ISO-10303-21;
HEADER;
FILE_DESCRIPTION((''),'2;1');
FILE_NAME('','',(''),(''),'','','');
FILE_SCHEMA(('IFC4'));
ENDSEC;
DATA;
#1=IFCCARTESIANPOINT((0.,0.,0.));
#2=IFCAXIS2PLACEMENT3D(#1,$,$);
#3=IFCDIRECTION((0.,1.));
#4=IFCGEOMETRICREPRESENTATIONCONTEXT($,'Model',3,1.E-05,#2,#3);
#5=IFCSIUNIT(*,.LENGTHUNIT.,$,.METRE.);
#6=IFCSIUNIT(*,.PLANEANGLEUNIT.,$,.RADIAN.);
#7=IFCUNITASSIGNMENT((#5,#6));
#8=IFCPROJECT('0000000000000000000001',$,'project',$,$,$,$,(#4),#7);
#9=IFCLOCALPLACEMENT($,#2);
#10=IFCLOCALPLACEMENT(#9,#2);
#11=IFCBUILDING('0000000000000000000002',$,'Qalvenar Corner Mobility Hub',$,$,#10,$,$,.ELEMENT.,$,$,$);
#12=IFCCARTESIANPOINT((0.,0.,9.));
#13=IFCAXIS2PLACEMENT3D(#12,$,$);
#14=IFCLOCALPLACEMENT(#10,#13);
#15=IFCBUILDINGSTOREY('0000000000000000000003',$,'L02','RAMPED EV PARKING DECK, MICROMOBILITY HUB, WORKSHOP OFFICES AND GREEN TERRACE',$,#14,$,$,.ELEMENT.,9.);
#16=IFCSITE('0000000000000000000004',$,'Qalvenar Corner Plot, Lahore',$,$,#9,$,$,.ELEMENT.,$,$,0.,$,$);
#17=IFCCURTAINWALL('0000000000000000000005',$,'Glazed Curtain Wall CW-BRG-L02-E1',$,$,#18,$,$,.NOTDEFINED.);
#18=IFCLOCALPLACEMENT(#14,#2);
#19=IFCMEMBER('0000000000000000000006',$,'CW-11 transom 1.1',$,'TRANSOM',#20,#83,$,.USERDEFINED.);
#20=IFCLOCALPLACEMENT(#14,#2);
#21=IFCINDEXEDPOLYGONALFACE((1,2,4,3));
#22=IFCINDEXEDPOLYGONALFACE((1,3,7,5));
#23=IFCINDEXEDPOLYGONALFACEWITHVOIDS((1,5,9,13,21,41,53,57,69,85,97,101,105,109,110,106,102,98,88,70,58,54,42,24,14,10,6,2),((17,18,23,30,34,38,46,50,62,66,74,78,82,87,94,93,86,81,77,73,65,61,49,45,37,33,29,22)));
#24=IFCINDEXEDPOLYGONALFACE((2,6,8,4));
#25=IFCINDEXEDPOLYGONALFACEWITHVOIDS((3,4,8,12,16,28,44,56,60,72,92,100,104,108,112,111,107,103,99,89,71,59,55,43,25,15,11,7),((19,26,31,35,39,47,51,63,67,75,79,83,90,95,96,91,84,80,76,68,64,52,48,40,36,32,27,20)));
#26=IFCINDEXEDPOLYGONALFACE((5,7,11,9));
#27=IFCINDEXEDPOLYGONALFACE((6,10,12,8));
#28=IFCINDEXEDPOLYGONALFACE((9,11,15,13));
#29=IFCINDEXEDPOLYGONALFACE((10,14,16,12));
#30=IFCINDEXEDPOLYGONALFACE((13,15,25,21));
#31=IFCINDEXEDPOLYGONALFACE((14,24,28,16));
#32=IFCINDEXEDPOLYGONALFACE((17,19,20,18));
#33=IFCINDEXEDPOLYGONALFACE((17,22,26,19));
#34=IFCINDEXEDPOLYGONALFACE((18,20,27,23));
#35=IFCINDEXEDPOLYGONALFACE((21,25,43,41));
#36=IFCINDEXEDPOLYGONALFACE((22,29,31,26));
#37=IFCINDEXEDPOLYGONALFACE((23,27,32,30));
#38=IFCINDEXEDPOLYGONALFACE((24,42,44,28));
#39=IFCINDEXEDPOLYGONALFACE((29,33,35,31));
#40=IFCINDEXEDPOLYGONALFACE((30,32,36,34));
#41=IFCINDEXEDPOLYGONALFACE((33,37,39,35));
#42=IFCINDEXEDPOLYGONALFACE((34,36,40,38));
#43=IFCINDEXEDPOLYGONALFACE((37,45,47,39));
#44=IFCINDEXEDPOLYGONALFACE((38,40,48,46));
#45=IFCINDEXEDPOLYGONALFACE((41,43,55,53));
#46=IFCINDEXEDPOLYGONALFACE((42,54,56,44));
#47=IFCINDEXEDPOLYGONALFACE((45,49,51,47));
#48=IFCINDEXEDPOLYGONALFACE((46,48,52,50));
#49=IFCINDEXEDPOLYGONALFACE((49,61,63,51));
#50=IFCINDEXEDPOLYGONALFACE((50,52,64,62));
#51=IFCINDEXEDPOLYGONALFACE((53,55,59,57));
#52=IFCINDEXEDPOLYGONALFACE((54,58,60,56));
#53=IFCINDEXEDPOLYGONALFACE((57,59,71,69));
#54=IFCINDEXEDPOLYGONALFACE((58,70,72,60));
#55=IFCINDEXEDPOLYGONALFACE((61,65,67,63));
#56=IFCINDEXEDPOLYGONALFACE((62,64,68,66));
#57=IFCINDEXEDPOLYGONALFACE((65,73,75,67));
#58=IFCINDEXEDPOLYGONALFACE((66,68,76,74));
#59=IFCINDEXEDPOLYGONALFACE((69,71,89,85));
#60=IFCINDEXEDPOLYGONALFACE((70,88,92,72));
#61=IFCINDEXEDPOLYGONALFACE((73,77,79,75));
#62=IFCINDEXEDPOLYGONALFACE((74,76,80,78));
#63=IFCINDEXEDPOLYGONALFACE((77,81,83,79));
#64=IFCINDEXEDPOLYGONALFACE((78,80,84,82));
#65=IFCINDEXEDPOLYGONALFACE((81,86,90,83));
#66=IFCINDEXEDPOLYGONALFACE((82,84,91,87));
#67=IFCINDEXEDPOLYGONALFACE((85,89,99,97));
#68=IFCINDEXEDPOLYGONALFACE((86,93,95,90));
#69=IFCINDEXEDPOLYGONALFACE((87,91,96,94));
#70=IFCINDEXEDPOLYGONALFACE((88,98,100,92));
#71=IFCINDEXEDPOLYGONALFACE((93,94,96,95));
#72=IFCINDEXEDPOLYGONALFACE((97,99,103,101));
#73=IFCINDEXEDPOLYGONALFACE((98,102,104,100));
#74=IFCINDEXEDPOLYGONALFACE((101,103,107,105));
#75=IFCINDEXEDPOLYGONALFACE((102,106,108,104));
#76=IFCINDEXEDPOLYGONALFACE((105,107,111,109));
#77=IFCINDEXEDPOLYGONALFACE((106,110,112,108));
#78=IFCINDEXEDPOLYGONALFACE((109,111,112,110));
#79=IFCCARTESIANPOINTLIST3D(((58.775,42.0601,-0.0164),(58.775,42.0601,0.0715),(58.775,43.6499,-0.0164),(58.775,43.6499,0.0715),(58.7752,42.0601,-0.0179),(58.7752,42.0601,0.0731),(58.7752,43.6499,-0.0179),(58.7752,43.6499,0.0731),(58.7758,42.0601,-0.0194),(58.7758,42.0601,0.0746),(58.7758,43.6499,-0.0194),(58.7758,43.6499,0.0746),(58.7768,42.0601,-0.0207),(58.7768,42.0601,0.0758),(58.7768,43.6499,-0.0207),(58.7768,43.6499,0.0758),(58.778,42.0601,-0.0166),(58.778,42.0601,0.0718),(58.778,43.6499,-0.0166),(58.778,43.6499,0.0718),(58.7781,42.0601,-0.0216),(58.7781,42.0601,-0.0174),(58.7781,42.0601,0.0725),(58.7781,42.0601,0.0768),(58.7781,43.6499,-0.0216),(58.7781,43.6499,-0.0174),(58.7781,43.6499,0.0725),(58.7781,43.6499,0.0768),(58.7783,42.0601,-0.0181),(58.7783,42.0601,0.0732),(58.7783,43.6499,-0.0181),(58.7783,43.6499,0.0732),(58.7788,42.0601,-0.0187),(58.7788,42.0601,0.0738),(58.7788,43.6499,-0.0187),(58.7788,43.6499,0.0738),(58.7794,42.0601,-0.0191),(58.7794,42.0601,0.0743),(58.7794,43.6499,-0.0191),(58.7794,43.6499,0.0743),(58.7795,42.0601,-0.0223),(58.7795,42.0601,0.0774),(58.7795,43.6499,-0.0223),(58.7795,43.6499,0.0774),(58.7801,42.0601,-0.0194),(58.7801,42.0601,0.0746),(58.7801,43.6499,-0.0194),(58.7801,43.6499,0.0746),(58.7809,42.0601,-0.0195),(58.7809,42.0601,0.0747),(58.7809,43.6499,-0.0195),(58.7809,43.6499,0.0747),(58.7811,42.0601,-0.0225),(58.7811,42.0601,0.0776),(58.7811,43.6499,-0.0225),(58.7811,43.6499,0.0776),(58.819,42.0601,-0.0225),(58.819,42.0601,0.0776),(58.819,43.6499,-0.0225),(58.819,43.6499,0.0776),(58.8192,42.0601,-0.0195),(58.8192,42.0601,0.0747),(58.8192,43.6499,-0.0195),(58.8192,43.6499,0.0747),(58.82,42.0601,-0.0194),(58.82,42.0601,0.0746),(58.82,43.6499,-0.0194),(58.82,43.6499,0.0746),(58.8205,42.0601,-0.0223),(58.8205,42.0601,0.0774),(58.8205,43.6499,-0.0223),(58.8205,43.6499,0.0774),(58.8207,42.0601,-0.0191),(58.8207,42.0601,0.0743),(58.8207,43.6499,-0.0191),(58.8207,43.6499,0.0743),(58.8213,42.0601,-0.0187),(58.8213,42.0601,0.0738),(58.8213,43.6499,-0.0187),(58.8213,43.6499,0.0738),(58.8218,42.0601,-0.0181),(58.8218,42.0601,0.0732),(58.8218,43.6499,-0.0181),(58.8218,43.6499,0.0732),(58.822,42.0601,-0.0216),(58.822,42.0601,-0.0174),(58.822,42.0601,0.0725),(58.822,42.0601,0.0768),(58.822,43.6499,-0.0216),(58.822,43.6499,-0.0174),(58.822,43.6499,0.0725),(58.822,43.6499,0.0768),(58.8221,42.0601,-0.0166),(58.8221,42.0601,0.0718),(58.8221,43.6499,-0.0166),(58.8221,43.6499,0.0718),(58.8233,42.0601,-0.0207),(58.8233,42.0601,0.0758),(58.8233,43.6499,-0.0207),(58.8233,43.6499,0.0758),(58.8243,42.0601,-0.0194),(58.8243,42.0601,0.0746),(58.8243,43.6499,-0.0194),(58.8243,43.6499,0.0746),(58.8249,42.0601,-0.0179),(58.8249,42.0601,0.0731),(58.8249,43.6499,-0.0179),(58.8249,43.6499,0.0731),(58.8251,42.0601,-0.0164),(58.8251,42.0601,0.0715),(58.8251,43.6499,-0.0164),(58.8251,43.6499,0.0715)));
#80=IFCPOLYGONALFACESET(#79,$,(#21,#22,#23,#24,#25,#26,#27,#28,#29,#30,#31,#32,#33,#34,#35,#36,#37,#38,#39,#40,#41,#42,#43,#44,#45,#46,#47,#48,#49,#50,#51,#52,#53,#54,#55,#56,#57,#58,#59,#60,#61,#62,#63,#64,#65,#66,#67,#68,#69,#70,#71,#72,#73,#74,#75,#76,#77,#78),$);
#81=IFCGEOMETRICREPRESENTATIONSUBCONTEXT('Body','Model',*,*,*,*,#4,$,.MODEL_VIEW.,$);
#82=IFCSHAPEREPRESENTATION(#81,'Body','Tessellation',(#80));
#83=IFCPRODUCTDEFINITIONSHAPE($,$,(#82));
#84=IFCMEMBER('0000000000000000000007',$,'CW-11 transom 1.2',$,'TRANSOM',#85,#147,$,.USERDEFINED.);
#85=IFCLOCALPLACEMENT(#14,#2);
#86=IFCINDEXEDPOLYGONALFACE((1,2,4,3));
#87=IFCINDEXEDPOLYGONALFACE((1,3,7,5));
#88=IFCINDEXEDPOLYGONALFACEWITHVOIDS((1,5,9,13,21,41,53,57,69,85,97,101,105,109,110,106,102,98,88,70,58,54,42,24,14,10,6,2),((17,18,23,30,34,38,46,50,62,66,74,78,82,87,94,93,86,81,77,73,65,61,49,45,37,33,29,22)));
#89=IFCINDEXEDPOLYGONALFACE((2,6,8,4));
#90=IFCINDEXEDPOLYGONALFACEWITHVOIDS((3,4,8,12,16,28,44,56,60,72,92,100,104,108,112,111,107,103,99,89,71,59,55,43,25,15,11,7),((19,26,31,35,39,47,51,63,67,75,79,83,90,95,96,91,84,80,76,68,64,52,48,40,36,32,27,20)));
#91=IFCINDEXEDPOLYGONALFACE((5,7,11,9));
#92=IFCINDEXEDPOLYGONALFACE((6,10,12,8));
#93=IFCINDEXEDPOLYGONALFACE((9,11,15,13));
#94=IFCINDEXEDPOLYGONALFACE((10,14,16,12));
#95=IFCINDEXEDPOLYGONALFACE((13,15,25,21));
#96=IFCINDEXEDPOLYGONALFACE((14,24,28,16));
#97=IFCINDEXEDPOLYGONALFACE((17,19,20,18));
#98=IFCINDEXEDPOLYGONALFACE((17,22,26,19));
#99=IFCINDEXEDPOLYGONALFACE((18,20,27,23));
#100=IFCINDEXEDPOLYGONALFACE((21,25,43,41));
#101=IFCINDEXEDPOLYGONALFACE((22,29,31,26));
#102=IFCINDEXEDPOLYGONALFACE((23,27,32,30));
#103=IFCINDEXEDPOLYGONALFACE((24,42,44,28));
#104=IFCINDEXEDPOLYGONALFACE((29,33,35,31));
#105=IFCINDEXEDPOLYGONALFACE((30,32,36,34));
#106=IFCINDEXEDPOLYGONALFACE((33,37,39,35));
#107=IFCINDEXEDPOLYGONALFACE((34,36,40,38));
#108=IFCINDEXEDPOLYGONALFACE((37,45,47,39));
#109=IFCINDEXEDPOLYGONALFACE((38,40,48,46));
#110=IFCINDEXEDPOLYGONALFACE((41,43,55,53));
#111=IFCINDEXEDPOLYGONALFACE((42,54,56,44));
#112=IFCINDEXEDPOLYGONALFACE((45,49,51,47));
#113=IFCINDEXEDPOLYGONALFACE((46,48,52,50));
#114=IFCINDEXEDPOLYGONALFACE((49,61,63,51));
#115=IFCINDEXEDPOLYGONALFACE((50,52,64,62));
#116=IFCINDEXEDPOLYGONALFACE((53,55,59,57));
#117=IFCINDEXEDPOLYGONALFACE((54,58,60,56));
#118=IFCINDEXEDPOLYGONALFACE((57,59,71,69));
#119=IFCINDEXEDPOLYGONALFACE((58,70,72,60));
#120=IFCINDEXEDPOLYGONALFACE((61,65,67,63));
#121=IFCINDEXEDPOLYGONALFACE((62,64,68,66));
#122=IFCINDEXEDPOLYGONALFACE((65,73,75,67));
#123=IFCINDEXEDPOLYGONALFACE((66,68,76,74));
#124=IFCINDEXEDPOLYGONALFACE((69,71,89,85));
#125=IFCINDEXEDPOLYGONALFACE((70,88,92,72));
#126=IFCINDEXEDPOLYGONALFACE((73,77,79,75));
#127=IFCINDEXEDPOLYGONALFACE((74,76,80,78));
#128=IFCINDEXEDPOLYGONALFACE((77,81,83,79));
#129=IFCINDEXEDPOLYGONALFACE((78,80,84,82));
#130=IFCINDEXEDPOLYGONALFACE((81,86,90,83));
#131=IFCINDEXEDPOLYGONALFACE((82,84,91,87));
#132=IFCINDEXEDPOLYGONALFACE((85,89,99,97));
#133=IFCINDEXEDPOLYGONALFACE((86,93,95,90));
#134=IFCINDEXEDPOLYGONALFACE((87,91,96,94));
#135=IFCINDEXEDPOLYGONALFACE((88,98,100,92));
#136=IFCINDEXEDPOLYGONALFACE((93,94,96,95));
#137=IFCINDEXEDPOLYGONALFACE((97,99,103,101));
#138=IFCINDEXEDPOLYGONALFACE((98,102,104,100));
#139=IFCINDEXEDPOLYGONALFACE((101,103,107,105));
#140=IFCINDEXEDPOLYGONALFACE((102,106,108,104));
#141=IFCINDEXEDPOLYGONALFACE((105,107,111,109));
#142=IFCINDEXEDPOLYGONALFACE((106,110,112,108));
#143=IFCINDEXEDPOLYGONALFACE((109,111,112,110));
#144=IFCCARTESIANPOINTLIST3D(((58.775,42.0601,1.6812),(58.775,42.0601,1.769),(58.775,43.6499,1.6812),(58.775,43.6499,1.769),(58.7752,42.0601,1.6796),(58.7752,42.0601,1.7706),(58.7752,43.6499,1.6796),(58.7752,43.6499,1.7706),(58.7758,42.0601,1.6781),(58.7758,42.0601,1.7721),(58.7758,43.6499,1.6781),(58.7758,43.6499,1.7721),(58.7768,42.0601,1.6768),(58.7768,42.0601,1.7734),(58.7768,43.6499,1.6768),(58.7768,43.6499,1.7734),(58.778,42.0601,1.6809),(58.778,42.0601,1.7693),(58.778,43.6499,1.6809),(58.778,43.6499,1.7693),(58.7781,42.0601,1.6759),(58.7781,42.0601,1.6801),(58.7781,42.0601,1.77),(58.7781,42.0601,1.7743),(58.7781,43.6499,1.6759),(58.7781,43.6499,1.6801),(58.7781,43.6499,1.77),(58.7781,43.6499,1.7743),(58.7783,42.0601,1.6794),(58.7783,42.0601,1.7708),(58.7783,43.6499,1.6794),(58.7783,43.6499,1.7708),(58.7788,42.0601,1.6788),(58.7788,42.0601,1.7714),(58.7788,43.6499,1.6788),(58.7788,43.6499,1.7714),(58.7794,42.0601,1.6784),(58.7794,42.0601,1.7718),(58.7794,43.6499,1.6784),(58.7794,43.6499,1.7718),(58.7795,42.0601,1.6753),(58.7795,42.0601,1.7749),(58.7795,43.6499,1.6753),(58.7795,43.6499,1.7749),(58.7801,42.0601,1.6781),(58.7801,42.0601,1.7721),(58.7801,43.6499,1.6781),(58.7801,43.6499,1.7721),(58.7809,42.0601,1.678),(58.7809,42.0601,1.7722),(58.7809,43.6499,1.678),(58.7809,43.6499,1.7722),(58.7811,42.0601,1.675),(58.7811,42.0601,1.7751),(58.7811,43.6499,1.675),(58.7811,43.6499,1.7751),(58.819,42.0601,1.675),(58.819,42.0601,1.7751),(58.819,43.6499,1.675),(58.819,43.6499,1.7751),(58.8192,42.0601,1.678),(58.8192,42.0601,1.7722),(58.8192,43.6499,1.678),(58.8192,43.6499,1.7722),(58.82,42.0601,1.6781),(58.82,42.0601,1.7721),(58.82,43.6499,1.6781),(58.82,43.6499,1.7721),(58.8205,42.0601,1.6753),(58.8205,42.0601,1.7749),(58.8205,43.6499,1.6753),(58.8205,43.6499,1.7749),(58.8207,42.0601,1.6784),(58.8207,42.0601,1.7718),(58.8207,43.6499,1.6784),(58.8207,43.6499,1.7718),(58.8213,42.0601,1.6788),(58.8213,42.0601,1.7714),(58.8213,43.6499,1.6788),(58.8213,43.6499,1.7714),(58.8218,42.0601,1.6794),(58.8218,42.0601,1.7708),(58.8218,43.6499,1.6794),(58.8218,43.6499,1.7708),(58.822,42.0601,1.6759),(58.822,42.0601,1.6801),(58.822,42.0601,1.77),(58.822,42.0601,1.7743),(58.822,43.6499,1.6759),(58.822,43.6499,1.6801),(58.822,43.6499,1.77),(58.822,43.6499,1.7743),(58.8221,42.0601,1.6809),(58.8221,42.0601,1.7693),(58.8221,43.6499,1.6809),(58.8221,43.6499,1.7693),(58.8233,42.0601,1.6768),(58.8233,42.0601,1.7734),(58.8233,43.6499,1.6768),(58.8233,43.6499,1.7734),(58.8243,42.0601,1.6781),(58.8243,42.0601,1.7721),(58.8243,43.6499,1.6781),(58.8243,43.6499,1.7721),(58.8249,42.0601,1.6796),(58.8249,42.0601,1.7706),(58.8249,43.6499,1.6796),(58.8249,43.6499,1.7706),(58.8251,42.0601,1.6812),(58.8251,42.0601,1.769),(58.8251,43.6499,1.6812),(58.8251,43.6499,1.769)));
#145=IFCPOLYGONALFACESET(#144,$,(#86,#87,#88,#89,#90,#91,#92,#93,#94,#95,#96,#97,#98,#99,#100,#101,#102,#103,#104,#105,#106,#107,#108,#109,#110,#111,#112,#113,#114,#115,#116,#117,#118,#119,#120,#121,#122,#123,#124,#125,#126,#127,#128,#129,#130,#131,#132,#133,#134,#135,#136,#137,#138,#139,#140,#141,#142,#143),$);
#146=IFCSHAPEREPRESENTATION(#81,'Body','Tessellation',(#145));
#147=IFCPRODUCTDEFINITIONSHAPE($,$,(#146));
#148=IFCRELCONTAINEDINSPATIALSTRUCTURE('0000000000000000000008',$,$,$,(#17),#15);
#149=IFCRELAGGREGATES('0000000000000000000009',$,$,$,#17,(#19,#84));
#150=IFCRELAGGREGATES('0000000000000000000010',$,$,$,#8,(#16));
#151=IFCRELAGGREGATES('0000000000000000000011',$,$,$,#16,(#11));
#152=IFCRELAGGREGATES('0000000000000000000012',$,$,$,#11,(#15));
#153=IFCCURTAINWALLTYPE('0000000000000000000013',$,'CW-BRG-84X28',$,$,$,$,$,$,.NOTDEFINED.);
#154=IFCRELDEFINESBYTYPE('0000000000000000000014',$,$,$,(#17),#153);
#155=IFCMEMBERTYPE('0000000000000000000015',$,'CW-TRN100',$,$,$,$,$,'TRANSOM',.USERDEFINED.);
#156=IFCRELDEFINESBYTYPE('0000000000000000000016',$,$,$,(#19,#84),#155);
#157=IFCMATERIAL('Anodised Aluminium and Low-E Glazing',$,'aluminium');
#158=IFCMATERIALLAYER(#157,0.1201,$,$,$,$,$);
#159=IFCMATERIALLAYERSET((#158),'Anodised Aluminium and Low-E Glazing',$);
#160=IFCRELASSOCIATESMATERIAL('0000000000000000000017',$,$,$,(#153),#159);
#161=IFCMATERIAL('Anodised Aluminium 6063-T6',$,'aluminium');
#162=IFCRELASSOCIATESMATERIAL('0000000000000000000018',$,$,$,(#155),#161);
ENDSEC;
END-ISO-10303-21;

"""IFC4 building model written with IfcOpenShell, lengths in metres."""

from ifc_helpers import new_model, si_unit, direction, frame, origin, origin_2d, place, context, subcontext, project, spatial, hollow_rectangle, extrude, material, layer, layer_set, material_profile, profile_set, type_object, element, aggregate, save


model = new_model("IFC4")

# Units and contexts
model_context = context("Model", 3, precision=1e-05, world=origin(), true_north=direction((0.0, 1.0)))
body_context = subcontext(model_context, "Body", "Model", "MODEL_VIEW")
ifc_project = project(units=[si_unit("LENGTHUNIT", "METRE"), si_unit("PLANEANGLEUNIT", "RADIAN")], contexts=[model_context])

# Site, building, storey
site_placement = place(None, origin())
site = spatial("IfcSite", under=ifc_project, at=site_placement, Name="Qalvenar Corner Plot, Lahore", CompositionType="ELEMENT", RefElevation=0.0)
building_placement = place(site_placement, origin())
building = spatial("IfcBuilding", under=site, at=building_placement, Name="Qalvenar Corner Mobility Hub", CompositionType="ELEMENT")
storey_placement = place(building_placement, frame((0.0, 0.0, 9.0)))
storey = spatial("IfcBuildingStorey", under=building, at=storey_placement, Name="L02", Description="RAMPED EV PARKING DECK, MICROMOBILITY HUB, WORKSHOP OFFICES AND GREEN TERRACE", CompositionType="ELEMENT", Elevation=9.0)

# Curtain wall, members
ifc_material_1 = material(Name="Anodised Aluminium and Low-E Glazing", Category="aluminium")
ifc_layer_1 = layer(ifc_material_1, 0.1201)
ifc_layer_set_1 = layer_set([ifc_layer_1], Name="Anodised Aluminium and Low-E Glazing")
curtain_wall_type = type_object("IfcCurtainWallType", Name="CW-BRG-84X28", PredefinedType="NOTDEFINED", material=ifc_layer_set_1)
curtain_wall_placement = place(storey_placement, origin())
curtain_wall = element("IfcCurtainWall", 1, at=curtain_wall_placement, inside=storey, type_object=curtain_wall_type, Name="Glazed Curtain Wall CW-BRG-L02-E1", PredefinedType="NOTDEFINED")
ifc_material_2 = material(Name="Anodised Aluminium 6063-T6", Category="aluminium")
ifc_material_profile_1 = material_profile(ifc_material_2, hollow_rectangle(XDim=0.05, YDim=0.1001, WallThickness=0.0029, InnerFilletRadius=0.0029, OuterFilletRadius=0.0061, at=origin_2d()), Name="RHS100x50x3")
ifc_profile_set_1 = profile_set([ifc_material_profile_1], Name="Anodised Aluminium 6063-T6")
member_type_1 = type_object("IfcMemberType", Name="CW-TRN100", ElementType="TRANSOM", PredefinedType="USERDEFINED", material=ifc_profile_set_1)
member_1_placement = place(storey_placement, frame((58.8, 42.0601, 0.0276), z_axis=(0.0, 1.0, 0.0), x_axis=(-1.0, 0.0, 0.0)))
member_1 = element("IfcMember", 2, at=member_1_placement, type_object=member_type_1, Name="CW-11 transom 1.1", ObjectType="TRANSOM", PredefinedType="USERDEFINED", context=body_context, shape_type="SweptSolid", body=[
    extrude(hollow_rectangle(XDim=0.05, YDim=0.1001, WallThickness=0.0029, InnerFilletRadius=0.0029, OuterFilletRadius=0.0061, at=origin_2d()), origin(), (0.0, 0.0, 1.0), 1.5898),
])
member_2_placement = place(storey_placement, frame((58.8, 42.0601, 1.7251), z_axis=(0.0, 1.0, 0.0), x_axis=(-1.0, 0.0, 0.0)))
member_2 = element("IfcMember", 3, at=member_2_placement, type_object=member_type_1, Name="CW-11 transom 1.2", ObjectType="TRANSOM", PredefinedType="USERDEFINED", context=body_context, shape_type="SweptSolid", body=[
    extrude(hollow_rectangle(XDim=0.05, YDim=0.1001, WallThickness=0.0029, InnerFilletRadius=0.0029, OuterFilletRadius=0.0061, at=origin_2d()), origin(), (0.0, 0.0, 1.0), 1.5898),
])

aggregate(curtain_wall, [member_1, member_2])

save(model, "model.ifc")
